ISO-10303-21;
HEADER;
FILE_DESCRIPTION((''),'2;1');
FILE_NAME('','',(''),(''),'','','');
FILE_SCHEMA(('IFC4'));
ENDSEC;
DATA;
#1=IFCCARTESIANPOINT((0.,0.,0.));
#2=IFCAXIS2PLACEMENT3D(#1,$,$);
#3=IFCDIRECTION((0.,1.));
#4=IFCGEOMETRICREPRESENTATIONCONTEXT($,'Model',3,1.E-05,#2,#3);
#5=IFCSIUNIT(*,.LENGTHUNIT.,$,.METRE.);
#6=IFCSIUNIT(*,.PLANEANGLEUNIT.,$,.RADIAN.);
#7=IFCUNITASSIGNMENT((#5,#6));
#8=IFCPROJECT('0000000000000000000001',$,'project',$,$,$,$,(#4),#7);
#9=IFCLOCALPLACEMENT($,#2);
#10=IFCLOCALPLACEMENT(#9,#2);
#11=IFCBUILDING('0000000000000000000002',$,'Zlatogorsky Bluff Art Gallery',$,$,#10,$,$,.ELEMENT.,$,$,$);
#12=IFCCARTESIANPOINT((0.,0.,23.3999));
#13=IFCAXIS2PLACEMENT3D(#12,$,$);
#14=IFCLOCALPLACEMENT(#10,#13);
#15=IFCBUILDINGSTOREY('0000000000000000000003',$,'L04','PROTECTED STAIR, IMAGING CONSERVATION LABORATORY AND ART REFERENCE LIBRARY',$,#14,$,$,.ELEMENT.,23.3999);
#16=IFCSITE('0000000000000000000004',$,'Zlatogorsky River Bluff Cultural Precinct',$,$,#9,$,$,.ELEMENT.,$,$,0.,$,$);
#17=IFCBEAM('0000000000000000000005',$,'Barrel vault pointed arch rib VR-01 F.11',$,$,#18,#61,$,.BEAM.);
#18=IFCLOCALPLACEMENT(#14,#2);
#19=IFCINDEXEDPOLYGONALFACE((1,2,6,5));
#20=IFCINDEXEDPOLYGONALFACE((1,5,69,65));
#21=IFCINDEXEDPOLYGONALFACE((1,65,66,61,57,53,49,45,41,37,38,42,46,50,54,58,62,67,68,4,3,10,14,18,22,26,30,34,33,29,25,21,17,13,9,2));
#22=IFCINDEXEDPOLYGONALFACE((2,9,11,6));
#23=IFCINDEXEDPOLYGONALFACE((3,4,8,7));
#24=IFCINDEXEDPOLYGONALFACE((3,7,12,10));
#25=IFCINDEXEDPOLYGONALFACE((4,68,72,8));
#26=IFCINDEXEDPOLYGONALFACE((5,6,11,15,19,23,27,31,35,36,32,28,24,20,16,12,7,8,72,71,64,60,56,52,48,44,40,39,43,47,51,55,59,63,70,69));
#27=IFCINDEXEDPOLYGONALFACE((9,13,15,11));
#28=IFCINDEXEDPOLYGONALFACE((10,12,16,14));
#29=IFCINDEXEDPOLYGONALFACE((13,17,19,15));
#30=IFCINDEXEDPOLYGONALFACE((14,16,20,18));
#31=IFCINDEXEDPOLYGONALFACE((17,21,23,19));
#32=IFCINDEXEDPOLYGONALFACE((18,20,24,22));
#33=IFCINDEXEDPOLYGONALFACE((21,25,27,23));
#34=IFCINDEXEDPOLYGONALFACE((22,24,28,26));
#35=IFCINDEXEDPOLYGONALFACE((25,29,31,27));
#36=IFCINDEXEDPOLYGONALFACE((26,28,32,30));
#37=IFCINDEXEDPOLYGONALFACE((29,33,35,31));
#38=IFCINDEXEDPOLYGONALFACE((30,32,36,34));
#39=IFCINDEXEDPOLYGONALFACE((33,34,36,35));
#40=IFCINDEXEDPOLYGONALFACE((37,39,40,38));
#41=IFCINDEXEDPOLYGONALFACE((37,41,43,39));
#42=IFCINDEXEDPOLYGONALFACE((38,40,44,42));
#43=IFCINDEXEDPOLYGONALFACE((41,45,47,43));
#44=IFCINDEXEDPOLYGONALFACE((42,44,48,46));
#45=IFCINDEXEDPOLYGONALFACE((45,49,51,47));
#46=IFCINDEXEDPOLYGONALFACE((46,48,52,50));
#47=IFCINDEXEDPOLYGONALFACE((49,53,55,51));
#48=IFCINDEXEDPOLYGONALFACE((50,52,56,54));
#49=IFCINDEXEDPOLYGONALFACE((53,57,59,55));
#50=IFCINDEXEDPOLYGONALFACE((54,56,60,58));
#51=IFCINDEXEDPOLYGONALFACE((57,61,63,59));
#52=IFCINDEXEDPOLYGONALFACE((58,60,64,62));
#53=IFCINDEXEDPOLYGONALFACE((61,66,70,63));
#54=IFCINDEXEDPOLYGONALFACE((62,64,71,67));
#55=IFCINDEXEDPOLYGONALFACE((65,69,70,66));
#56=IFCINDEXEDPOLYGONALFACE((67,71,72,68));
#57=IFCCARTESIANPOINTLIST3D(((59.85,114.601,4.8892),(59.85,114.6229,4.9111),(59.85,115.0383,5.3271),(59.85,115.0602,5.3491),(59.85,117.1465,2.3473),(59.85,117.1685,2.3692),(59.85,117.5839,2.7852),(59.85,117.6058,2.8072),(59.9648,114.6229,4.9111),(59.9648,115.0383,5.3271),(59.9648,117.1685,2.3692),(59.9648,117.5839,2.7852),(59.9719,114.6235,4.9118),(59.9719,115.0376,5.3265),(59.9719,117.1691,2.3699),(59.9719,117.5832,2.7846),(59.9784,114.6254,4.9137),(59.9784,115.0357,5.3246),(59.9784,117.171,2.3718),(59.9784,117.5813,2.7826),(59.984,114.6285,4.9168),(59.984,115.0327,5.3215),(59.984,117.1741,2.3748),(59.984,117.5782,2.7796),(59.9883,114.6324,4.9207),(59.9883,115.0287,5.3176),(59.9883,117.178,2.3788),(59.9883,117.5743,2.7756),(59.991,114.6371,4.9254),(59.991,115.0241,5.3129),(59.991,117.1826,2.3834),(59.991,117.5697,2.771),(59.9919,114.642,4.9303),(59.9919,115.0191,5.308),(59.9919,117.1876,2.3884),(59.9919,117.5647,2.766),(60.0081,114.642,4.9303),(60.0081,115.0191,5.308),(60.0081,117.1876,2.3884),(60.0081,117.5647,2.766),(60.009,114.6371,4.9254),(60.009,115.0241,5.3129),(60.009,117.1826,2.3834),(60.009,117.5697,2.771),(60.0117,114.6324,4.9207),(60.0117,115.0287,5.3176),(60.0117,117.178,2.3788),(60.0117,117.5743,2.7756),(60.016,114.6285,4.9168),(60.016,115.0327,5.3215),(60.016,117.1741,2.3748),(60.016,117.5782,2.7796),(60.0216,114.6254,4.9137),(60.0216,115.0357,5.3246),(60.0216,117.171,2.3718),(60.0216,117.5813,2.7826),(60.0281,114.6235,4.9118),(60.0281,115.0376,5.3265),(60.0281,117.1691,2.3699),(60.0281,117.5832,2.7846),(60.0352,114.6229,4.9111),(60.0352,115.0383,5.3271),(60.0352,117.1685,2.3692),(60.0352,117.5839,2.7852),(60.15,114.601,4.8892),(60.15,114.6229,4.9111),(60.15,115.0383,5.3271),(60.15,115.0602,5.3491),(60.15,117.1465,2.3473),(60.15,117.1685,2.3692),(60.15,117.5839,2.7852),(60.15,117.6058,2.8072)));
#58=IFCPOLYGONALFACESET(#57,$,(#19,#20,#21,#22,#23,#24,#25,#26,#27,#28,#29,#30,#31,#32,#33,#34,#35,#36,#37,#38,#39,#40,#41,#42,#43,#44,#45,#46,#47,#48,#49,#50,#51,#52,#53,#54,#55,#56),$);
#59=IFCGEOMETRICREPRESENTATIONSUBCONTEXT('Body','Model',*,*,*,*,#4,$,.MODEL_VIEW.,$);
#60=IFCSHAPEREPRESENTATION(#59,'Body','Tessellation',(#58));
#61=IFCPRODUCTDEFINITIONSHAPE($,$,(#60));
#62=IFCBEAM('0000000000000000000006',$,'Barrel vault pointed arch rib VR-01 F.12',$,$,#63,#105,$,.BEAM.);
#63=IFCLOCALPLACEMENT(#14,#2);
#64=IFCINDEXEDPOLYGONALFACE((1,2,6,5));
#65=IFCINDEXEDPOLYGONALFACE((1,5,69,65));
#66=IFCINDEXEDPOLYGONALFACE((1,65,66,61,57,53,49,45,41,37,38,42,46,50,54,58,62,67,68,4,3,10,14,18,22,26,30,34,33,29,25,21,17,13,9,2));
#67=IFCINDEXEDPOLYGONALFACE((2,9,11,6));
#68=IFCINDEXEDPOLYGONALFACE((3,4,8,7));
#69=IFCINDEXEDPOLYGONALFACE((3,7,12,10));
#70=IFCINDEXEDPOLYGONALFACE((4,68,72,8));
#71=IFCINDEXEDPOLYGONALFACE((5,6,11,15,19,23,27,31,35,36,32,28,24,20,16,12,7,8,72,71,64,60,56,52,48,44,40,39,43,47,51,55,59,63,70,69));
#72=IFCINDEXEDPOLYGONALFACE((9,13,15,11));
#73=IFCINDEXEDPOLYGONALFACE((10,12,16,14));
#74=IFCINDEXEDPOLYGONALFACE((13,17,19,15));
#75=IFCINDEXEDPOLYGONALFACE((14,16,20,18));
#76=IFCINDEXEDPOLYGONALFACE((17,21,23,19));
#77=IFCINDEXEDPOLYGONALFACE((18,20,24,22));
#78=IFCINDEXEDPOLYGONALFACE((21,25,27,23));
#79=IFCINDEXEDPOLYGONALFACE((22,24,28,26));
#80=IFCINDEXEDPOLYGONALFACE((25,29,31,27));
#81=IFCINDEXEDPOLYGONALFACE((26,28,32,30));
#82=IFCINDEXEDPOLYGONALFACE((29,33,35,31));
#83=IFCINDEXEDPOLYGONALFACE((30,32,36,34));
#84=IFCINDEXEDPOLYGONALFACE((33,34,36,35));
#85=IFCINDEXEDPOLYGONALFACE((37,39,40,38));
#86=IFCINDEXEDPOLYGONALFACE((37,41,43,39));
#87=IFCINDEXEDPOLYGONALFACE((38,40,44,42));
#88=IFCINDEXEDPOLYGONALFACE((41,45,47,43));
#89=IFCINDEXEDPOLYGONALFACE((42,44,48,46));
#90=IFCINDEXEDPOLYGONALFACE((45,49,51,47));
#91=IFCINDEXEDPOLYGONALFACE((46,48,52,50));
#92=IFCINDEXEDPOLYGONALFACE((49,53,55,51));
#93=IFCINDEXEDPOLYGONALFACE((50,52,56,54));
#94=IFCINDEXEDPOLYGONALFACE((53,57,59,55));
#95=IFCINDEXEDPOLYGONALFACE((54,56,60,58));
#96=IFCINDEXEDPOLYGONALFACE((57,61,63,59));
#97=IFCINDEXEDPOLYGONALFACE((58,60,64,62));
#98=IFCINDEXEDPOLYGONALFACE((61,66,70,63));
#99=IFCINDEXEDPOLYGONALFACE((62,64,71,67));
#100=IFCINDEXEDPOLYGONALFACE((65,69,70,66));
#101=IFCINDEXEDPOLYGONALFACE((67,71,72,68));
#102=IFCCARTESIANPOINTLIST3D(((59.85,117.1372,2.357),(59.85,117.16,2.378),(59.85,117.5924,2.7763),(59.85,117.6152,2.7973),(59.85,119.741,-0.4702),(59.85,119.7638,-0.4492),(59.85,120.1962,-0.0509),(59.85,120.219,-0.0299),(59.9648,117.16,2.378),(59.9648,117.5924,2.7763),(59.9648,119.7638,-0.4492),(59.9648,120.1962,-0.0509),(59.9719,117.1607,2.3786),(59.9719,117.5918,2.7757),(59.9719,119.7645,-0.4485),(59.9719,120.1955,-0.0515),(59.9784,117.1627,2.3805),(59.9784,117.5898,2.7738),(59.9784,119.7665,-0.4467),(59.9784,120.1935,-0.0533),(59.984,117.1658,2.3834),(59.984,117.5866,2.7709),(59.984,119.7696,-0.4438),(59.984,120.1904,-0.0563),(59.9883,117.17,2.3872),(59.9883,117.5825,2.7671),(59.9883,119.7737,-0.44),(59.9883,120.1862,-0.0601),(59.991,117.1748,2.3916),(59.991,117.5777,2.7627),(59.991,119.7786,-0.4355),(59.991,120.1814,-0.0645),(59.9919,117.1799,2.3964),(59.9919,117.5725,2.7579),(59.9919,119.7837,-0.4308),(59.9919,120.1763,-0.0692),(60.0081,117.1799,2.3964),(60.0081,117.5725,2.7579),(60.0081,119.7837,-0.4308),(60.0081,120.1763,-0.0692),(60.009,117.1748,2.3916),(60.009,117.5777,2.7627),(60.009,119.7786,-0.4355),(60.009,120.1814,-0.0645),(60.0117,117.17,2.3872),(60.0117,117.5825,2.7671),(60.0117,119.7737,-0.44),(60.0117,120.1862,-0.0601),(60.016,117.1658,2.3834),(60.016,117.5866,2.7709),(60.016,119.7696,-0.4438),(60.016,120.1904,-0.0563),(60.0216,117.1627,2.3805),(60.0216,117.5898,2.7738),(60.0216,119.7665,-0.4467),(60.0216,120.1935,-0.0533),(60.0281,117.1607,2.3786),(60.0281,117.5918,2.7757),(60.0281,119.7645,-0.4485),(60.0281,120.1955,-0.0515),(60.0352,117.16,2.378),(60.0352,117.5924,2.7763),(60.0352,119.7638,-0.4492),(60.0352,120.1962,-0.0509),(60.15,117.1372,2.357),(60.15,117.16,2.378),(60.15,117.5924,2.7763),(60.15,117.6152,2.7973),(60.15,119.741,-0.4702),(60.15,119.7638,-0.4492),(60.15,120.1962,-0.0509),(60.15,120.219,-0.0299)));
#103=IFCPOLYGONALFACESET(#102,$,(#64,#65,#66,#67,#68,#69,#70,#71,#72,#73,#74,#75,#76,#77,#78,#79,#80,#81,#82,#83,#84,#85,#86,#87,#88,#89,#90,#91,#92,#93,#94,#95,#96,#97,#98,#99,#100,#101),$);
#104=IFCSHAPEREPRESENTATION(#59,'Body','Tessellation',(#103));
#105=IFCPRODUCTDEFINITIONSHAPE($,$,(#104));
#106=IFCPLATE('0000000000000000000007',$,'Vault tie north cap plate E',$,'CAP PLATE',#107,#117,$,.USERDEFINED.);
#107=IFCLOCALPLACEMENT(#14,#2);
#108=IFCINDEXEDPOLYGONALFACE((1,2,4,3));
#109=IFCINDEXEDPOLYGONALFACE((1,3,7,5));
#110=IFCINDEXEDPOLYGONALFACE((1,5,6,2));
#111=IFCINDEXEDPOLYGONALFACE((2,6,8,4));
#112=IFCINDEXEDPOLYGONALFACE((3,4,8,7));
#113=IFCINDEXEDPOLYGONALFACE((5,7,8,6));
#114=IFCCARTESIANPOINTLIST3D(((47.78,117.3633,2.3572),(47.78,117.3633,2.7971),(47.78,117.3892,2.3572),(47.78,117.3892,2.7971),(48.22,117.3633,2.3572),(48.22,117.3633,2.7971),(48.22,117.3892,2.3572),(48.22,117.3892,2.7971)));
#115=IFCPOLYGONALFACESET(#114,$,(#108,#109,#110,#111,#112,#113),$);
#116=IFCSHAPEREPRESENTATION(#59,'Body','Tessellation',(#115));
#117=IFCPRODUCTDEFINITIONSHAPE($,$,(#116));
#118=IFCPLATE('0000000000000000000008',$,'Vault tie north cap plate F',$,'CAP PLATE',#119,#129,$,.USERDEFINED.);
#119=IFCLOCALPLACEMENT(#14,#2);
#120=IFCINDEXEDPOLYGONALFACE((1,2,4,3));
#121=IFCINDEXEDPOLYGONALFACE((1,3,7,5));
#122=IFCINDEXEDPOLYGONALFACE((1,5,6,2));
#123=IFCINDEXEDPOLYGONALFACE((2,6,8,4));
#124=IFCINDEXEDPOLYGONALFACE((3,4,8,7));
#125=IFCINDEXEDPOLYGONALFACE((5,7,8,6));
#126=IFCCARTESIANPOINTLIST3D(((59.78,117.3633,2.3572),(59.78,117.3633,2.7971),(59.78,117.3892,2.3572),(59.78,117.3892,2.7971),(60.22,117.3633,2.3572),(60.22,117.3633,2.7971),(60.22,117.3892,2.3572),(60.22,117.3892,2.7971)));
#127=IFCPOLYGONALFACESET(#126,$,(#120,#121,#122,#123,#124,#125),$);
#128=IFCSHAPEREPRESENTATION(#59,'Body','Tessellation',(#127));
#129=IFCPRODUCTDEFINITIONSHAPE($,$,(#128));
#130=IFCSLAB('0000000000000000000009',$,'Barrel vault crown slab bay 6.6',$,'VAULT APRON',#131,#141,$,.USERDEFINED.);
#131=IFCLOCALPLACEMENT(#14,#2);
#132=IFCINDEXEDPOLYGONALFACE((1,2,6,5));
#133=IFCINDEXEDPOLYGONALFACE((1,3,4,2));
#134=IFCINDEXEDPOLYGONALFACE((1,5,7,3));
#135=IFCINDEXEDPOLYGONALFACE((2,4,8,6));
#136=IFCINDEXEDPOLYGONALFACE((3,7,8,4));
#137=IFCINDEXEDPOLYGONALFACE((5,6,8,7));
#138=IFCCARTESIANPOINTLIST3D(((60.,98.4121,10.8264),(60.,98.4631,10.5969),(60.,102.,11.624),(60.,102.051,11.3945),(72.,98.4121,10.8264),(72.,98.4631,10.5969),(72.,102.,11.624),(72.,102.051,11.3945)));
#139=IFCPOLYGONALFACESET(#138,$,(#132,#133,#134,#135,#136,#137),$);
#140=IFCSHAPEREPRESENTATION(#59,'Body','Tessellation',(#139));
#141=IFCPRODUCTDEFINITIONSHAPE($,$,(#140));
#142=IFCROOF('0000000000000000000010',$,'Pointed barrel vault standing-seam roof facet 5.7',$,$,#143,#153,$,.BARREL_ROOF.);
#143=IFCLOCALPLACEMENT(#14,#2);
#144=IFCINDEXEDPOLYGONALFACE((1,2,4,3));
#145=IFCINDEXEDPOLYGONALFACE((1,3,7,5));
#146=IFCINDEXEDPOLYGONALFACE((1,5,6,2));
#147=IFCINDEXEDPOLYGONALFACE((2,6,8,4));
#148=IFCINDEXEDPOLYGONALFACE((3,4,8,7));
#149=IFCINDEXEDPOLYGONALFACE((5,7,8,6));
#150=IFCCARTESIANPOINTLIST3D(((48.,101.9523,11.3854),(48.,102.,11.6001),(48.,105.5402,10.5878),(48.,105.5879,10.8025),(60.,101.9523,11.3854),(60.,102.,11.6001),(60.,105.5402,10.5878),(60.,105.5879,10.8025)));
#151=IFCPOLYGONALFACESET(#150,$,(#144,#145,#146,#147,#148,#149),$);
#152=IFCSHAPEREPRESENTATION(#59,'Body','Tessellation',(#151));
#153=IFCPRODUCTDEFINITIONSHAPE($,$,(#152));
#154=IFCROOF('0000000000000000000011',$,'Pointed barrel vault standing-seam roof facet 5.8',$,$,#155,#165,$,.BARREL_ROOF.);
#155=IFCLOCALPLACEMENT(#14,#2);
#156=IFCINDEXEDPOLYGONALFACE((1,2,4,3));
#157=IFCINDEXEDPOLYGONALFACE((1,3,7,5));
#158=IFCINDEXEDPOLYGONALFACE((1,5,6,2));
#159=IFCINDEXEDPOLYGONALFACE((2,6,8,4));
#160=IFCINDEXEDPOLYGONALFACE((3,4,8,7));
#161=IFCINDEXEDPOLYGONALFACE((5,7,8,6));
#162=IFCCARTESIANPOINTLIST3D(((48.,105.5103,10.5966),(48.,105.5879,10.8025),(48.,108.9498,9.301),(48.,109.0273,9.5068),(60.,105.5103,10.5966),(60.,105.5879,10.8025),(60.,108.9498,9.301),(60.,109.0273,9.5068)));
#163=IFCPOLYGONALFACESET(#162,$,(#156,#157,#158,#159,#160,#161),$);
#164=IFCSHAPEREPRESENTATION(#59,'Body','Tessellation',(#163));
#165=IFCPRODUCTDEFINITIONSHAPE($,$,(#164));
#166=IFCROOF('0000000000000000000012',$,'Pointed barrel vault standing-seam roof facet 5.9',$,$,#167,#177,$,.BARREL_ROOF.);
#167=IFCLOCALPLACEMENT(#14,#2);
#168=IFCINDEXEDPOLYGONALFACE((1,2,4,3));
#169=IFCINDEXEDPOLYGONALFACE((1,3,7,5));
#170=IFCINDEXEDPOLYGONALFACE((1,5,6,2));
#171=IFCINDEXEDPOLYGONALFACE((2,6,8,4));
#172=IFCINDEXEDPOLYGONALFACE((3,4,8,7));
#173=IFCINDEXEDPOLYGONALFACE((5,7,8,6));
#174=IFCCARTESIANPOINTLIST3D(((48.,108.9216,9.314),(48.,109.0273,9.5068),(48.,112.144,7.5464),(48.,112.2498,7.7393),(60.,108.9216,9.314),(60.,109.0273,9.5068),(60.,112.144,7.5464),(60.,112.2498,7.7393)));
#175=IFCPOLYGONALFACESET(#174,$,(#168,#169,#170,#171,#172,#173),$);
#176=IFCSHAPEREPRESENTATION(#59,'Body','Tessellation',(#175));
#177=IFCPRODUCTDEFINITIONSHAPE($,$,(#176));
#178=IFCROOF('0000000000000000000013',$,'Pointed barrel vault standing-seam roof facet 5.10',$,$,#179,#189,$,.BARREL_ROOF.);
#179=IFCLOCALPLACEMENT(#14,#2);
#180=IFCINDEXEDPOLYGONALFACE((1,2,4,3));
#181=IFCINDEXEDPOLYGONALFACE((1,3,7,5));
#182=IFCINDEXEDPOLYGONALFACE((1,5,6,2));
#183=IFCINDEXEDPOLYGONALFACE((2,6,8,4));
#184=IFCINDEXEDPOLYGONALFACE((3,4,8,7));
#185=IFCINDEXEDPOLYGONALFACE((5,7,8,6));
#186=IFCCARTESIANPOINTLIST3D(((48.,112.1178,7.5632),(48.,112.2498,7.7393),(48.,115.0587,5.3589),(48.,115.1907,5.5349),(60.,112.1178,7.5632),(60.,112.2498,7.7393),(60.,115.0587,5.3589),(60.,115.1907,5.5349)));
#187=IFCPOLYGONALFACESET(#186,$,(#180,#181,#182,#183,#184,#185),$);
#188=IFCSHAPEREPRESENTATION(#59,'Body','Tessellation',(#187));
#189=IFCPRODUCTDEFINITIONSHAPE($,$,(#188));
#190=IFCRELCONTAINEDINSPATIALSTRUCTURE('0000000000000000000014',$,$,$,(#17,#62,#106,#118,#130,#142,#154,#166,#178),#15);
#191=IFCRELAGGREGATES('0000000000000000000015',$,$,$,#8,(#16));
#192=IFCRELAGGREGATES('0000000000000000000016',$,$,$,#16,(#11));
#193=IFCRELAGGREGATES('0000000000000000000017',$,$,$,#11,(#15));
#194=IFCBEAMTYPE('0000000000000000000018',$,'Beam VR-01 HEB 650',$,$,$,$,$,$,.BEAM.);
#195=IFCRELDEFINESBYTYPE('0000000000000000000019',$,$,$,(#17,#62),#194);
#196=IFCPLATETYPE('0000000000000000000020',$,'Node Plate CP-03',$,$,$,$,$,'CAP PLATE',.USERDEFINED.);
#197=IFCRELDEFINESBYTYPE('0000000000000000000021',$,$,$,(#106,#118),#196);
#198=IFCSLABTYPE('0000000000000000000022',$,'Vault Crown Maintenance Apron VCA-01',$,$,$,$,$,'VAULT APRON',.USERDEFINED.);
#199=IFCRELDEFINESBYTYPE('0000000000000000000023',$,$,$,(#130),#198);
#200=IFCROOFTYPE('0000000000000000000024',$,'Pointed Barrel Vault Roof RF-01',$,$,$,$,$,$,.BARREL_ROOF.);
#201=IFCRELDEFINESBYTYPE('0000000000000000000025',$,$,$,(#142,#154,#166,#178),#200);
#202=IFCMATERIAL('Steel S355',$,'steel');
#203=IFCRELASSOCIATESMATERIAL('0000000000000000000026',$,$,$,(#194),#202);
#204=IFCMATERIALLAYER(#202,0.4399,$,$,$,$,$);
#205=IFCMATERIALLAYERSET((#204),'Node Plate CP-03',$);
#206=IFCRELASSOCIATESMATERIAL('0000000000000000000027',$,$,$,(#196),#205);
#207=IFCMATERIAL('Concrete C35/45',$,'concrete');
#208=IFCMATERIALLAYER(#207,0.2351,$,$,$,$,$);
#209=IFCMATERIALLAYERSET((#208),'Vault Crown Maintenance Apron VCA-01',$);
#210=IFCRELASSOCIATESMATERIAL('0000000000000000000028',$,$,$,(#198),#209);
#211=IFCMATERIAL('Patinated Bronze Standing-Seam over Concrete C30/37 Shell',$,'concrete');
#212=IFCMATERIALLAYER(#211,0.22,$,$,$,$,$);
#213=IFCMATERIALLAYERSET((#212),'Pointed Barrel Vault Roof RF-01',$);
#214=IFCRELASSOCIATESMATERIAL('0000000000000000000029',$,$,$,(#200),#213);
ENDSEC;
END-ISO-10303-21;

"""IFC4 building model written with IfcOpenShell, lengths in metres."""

from ifc_helpers import new_model, si_unit, direction, frame, origin, origin_2d, place, context, subcontext, project, spatial, polyline, rectangle, i_section, outline, extrude, material, layer, layer_set, material_profile, profile_set, type_object, element, save


model = new_model("IFC4")

# Units and contexts
model_context = context("Model", 3, precision=1e-05, world=origin(), true_north=direction((0.0, 1.0)))
body_context = subcontext(model_context, "Body", "Model", "MODEL_VIEW")
ifc_project = project(units=[si_unit("LENGTHUNIT", "METRE"), si_unit("PLANEANGLEUNIT", "RADIAN")], contexts=[model_context])

# Site, building, storey
site_placement = place(None, origin())
site = spatial("IfcSite", under=ifc_project, at=site_placement, Name="Zlatogorsky River Bluff Cultural Precinct", CompositionType="ELEMENT", RefElevation=0.0)
building_placement = place(site_placement, origin())
building = spatial("IfcBuilding", under=site, at=building_placement, Name="Zlatogorsky Bluff Art Gallery", CompositionType="ELEMENT")
storey_placement = place(building_placement, frame((0.0, 0.0, 23.3999)))
storey = spatial("IfcBuildingStorey", under=building, at=storey_placement, Name="L04", Description="PROTECTED STAIR, IMAGING CONSERVATION LABORATORY AND ART REFERENCE LIBRARY", CompositionType="ELEMENT", Elevation=23.3999)

# Beams
ifc_material_1 = material(Name="Steel S355", Category="steel")
ifc_material_profile_1 = material_profile(ifc_material_1, i_section(OverallWidth=0.3, OverallDepth=0.6499, WebThickness=0.0161, FlangeThickness=0.031, FilletRadius=0.0271, at=origin_2d()), Name="HEB 650")
ifc_profile_set_1 = profile_set([ifc_material_profile_1], Name="Steel S355")
beam_type_1 = type_object("IfcBeamType", Name="Beam VR-01 HEB 650", PredefinedType="BEAM", material=ifc_profile_set_1)
beam_1_placement = place(storey_placement, frame((60.0, 114.8306, 5.1191), z_axis=(0.0, 0.707616, -0.706598), x_axis=(-1.0, 0.0, 0.0)))
element("IfcBeam", 1, at=beam_1_placement, inside=storey, type_object=beam_type_1, Name="Barrel vault pointed arch rib VR-01 F.11", PredefinedType="BEAM", context=body_context, shape_type="SweptSolid", body=[
    extrude(i_section(OverallWidth=0.3, OverallDepth=0.6499, WebThickness=0.0161, FlangeThickness=0.031, FilletRadius=0.0271, at=origin_2d()), origin(), (0.0, 0.0, 1.0), 3.5974),
])
beam_2_placement = place(storey_placement, frame((60.0, 117.3762, 2.5771), z_axis=(0.0, 0.677449, -0.73557), x_axis=(-1.0, 0.0, 0.0)))
element("IfcBeam", 2, at=beam_2_placement, inside=storey, type_object=beam_type_1, Name="Barrel vault pointed arch rib VR-01 F.12", PredefinedType="BEAM", context=body_context, shape_type="SweptSolid", body=[
    extrude(i_section(OverallWidth=0.3, OverallDepth=0.6499, WebThickness=0.0161, FlangeThickness=0.031, FilletRadius=0.0271, at=origin_2d()), origin(), (0.0, 0.0, 1.0), 3.8435),
])

# Plates
ifc_layer_1 = layer(ifc_material_1, 0.4399)
ifc_layer_set_1 = layer_set([ifc_layer_1], Name="Node Plate CP-03")
plate_type = type_object("IfcPlateType", Name="Node Plate CP-03", ElementType="CAP PLATE", PredefinedType="USERDEFINED", material=ifc_layer_set_1)
for number, where, z_axis, x_axis, name in (
    (3, (48.0, 117.3762, 2.3572), (0.0, 0.0, 1.0), (1.0, 0.0, 0.0), "Vault tie north cap plate E"),
    (4, (60.0, 117.3762, 2.3572), (0.0, 0.0, 1.0), (1.0, 0.0, 0.0), "Vault tie north cap plate F"),
):
    element("IfcPlate", number, at=place(storey_placement, frame(where, z_axis=z_axis, x_axis=x_axis)), inside=storey, type_object=plate_type, Name=name, ObjectType="CAP PLATE", PredefinedType="USERDEFINED", context=body_context, shape_type="SweptSolid", body=[
        extrude(rectangle(XDim=0.4399, YDim=0.0259, at=origin_2d()), origin(), (0.0, 0.0, 1.0), 0.4399),
    ])

# Slab
ifc_material_2 = material(Name="Concrete C35/45", Category="concrete")
ifc_layer_2 = layer(ifc_material_2, 0.2351)
ifc_layer_set_2 = layer_set([ifc_layer_2], Name="Vault Crown Maintenance Apron VCA-01")
slab_type = type_object("IfcSlabType", Name="Vault Crown Maintenance Apron VCA-01", ElementType="VAULT APRON", PredefinedType="USERDEFINED", material=ifc_layer_set_2)
slab_placement = place(storey_placement, frame((60.0, 98.4121, 10.8264), z_axis=(0.0, -0.217008, 0.97617), x_axis=(1.0, 0.0, 0.0)))
element("IfcSlab", 5, at=slab_placement, inside=storey, type_object=slab_type, Name="Barrel vault crown slab bay 6.6", ObjectType="VAULT APRON", PredefinedType="USERDEFINED", context=body_context, shape_type="SweptSolid", body=[
    extrude(outline(polyline([(0.0, 0.0), (12.0, 0.0), (12.0, 3.6755), (0.0, 3.6755), (0.0, 0.0)])), origin(), (0.0, 0.0, -1.0), 0.2351),
])

# Roofs
ifc_material_3 = material(Name="Patinated Bronze Standing-Seam over Concrete C30/37 Shell", Category="concrete")
ifc_layer_3 = layer(ifc_material_3, 0.22)
ifc_layer_set_3 = layer_set([ifc_layer_3], Name="Pointed Barrel Vault Roof RF-01")
roof_type = type_object("IfcRoofType", Name="Pointed Barrel Vault Roof RF-01", PredefinedType="BARREL_ROOF", material=ifc_layer_set_3)
roof_1_placement = place(storey_placement, frame((48.0, 102.0, 11.6001), z_axis=(0.0, 0.217008, 0.97617), x_axis=(1.0, 0.0, 0.0)))
element("IfcRoof", 6, at=roof_1_placement, inside=storey, type_object=roof_type, Name="Pointed barrel vault standing-seam roof facet 5.7", PredefinedType="BARREL_ROOF", context=body_context, shape_type="SweptSolid", body=[
    extrude(outline(polyline([(0.0, 0.0), (12.0, 0.0), (12.0, 3.6755), (0.0, 3.6755), (0.0, 0.0)])), origin(), (0.0, 0.0, -1.0), 0.22),
])
roof_2_placement = place(storey_placement, frame((48.0, 105.5879, 10.8025), z_axis=(0.0, 0.352521, 0.935804), x_axis=(1.0, 0.0, 0.0)))
element("IfcRoof", 7, at=roof_2_placement, inside=storey, type_object=roof_type, Name="Pointed barrel vault standing-seam roof facet 5.8", PredefinedType="BARREL_ROOF", context=body_context, shape_type="SweptSolid", body=[
    extrude(outline(polyline([(0.0, 0.0), (12.0, 0.0), (12.0, 3.6754), (0.0, 3.6754), (0.0, 0.0)])), origin(), (0.0, 0.0, -1.0), 0.22),
])
roof_3_placement = place(storey_placement, frame((48.0, 109.0273, 9.5068), z_axis=(0.0, 0.480927, 0.876761), x_axis=(1.0, 0.0, 0.0)))
element("IfcRoof", 8, at=roof_3_placement, inside=storey, type_object=roof_type, Name="Pointed barrel vault standing-seam roof facet 5.9", PredefinedType="BARREL_ROOF", context=body_context, shape_type="SweptSolid", body=[
    extrude(outline(polyline([(0.0, 0.0), (12.0, 0.0), (12.0, 3.6754), (0.0, 3.6754), (0.0, 0.0)])), origin(), (0.0, 0.0, -1.0), 0.22),
])
roof_4_placement = place(storey_placement, frame((48.0, 112.2498, 7.7393), z_axis=(0.0, 0.599766, 0.800175), x_axis=(1.0, 0.0, 0.0)))
element("IfcRoof", 9, at=roof_4_placement, inside=storey, type_object=roof_type, Name="Pointed barrel vault standing-seam roof facet 5.10", PredefinedType="BARREL_ROOF", context=body_context, shape_type="SweptSolid", body=[
    extrude(outline(polyline([(0.0, 0.0), (12.0, 0.0), (12.0, 3.6753), (0.0, 3.6753), (0.0, 0.0)])), origin(), (0.0, 0.0, -1.0), 0.22),
])

save(model, "model.ifc")
